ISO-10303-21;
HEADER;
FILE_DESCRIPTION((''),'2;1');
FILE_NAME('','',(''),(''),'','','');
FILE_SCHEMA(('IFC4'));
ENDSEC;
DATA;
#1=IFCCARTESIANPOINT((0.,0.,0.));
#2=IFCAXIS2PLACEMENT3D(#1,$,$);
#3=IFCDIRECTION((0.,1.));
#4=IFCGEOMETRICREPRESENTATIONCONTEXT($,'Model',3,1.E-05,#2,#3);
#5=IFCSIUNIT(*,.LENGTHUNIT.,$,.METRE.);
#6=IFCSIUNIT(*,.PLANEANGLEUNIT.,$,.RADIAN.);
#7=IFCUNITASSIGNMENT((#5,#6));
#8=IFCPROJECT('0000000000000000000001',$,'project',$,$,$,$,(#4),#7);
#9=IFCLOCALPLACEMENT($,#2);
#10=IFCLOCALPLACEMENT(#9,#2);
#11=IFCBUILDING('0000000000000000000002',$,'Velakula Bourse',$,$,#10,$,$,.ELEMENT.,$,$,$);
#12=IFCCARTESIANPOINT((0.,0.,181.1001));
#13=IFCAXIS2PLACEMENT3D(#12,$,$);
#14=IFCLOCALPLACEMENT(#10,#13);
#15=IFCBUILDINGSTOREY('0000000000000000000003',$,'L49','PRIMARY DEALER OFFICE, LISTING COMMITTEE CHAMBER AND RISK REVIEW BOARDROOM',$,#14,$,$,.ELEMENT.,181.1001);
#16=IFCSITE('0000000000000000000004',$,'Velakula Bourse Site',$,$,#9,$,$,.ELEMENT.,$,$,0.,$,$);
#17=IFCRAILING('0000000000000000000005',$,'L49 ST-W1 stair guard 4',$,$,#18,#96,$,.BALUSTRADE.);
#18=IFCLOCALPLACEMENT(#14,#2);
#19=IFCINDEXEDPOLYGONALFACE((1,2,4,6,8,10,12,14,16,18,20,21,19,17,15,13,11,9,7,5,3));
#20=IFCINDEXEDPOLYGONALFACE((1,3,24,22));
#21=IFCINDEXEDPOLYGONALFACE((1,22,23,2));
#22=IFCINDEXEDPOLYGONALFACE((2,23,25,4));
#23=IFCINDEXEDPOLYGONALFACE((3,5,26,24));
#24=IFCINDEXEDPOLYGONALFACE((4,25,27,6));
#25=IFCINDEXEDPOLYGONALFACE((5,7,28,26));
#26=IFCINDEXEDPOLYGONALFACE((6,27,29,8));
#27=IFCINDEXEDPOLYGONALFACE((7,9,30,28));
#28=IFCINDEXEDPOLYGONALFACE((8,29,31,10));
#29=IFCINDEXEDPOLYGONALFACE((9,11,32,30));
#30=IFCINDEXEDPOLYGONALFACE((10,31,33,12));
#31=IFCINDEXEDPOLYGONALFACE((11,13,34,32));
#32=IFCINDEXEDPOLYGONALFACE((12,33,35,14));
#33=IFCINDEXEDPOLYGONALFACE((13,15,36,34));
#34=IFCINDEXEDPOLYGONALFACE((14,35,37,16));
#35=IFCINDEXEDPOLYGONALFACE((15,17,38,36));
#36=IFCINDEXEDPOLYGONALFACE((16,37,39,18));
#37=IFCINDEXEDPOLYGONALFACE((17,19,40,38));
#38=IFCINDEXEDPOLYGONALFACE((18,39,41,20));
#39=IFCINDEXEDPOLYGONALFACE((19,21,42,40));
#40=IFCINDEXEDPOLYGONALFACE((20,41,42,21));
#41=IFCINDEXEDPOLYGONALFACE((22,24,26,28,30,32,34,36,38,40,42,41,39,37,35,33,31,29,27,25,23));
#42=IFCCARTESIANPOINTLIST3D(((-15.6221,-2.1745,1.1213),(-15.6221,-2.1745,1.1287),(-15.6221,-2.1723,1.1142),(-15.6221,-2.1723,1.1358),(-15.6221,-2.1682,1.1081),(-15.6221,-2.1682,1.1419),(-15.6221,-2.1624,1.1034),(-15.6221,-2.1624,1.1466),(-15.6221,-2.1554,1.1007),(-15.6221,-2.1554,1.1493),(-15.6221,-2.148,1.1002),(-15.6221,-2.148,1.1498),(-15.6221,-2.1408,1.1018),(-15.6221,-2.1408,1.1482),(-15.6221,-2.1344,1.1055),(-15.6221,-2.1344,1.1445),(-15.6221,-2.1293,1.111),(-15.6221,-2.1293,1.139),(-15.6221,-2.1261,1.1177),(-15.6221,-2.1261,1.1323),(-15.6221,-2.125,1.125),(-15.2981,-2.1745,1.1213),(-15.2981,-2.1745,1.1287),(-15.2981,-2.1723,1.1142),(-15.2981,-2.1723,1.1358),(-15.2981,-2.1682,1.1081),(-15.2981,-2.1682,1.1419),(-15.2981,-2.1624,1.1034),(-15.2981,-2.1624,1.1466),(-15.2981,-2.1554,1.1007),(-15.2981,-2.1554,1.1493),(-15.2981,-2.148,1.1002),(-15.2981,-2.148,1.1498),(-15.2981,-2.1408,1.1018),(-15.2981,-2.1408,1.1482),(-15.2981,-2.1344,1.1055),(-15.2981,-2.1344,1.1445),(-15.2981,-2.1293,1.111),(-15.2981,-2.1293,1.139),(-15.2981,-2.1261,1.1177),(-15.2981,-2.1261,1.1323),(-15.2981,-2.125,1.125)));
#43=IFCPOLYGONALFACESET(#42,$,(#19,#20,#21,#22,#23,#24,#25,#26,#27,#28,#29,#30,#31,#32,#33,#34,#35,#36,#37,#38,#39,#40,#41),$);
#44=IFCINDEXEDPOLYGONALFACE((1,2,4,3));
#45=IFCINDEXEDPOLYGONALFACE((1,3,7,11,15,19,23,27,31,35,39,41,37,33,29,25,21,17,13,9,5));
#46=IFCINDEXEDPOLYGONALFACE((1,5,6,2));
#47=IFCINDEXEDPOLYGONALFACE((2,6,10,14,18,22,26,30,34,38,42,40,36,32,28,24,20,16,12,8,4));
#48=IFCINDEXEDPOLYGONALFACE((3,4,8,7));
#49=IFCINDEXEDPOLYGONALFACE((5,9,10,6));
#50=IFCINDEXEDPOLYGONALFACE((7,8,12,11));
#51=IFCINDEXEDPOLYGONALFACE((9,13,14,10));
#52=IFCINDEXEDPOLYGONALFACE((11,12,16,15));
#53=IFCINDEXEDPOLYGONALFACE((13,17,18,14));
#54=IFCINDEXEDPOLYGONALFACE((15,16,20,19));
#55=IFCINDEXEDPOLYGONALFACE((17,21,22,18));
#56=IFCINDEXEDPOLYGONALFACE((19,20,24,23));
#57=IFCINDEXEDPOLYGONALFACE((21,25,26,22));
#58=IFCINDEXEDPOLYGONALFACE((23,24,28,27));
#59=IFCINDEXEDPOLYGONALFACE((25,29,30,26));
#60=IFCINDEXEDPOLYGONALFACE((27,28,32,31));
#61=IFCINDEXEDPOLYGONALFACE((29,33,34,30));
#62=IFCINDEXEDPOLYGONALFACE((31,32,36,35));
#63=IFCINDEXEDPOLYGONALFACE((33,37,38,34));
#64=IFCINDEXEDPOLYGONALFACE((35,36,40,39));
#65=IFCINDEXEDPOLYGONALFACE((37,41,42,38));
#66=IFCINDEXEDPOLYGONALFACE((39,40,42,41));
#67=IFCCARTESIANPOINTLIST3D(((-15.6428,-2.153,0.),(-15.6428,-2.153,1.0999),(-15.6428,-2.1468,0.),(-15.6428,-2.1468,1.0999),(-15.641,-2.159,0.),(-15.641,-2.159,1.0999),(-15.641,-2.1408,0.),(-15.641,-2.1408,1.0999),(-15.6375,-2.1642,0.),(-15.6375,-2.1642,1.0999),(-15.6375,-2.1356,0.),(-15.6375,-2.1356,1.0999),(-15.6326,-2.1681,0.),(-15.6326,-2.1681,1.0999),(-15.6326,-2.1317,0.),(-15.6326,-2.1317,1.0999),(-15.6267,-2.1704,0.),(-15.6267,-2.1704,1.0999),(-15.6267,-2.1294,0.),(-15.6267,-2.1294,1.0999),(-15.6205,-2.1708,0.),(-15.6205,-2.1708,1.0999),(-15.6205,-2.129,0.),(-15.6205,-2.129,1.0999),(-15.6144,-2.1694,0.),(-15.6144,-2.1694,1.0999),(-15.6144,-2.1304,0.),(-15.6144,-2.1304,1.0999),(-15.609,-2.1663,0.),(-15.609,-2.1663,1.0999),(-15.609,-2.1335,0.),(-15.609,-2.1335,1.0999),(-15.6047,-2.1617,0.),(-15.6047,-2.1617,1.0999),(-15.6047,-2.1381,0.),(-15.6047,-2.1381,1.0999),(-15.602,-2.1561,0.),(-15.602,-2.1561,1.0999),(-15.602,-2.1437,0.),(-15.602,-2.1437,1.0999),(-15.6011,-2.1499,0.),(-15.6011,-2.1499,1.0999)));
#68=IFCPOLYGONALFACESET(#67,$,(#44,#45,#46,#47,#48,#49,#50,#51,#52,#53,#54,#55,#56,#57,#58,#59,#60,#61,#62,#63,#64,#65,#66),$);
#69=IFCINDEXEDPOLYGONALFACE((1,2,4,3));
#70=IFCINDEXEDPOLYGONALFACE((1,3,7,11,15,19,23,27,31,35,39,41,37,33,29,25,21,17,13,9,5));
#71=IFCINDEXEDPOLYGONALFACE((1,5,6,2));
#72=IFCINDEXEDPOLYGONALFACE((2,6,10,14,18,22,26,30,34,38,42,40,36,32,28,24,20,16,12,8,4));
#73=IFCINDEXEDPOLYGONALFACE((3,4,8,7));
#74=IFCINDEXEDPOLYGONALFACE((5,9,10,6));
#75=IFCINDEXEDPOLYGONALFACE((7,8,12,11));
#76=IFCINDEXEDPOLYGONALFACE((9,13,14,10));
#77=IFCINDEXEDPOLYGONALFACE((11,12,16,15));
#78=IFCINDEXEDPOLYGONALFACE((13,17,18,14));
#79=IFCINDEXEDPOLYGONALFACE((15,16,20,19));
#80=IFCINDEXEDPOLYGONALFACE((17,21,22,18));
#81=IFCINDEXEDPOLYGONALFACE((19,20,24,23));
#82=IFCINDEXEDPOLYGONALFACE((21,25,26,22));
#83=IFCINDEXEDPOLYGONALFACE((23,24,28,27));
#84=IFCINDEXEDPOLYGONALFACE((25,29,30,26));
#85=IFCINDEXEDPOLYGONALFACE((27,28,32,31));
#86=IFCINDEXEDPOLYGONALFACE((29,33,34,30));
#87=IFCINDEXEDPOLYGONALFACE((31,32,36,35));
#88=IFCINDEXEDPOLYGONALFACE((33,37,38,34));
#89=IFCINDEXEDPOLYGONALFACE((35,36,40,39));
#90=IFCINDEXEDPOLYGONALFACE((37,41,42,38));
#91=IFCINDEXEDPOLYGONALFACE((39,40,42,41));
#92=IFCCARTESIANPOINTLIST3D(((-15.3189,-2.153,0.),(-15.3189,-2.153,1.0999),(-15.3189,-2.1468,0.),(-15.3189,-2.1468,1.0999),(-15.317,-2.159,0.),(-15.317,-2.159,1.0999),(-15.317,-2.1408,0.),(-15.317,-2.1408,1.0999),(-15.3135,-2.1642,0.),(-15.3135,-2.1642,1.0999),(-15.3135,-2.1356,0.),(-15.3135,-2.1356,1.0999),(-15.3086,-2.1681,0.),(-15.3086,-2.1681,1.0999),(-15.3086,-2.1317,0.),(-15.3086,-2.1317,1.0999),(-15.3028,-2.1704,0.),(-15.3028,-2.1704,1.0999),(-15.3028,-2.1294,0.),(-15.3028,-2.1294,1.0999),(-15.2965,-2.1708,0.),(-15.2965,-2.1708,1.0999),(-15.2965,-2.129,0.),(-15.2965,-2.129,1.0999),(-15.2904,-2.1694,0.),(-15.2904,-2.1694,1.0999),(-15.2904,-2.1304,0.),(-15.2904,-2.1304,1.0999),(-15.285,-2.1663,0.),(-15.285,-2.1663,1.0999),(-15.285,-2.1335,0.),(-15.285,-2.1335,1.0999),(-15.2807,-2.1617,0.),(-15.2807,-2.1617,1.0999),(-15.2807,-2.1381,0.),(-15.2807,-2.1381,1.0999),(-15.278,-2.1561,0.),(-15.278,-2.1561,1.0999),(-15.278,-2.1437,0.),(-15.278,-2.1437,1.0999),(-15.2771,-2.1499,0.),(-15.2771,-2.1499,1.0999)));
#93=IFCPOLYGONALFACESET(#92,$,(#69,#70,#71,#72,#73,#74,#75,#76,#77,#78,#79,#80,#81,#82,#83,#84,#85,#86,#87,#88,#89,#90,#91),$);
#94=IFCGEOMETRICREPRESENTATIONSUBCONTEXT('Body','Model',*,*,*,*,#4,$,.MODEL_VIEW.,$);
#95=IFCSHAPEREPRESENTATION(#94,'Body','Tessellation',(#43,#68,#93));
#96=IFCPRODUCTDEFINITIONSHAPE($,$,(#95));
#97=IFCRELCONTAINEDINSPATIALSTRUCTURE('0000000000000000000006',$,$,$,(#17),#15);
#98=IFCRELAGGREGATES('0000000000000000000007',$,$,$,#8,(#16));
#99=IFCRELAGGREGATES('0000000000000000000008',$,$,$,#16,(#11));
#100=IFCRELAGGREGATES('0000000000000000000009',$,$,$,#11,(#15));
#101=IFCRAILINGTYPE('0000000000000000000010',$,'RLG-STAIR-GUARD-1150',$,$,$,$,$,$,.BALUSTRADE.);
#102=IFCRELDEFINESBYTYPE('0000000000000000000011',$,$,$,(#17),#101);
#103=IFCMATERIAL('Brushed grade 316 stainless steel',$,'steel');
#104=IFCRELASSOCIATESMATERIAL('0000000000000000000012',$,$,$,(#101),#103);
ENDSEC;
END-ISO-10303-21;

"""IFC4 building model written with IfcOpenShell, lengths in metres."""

from ifc_helpers import new_model, si_unit, direction, frame, origin, origin_2d, place, context, subcontext, project, spatial, circle, extrude, material, type_object, element, save


model = new_model("IFC4")

# Units and contexts
model_context = context("Model", 3, precision=1e-05, world=origin(), true_north=direction((0.0, 1.0)))
body_context = subcontext(model_context, "Body", "Model", "MODEL_VIEW")
ifc_project = project(units=[si_unit("LENGTHUNIT", "METRE"), si_unit("PLANEANGLEUNIT", "RADIAN")], contexts=[model_context])

# Site, building, storey
site_placement = place(None, origin())
site = spatial("IfcSite", under=ifc_project, at=site_placement, Name="Velakula Bourse Site", CompositionType="ELEMENT", RefElevation=0.0)
building_placement = place(site_placement, origin())
building = spatial("IfcBuilding", under=site, at=building_placement, Name="Velakula Bourse", CompositionType="ELEMENT")
storey_placement = place(building_placement, frame((0.0, 0.0, 181.1001)))
storey = spatial("IfcBuildingStorey", under=building, at=storey_placement, Name="L49", Description="PRIMARY DEALER OFFICE, LISTING COMMITTEE CHAMBER AND RISK REVIEW BOARDROOM", CompositionType="ELEMENT", Elevation=181.1001)

# Shared definitions
ifc_material_1 = material(Name="Brushed grade 316 stainless steel", Category="steel")

# Railing
railing_type_1 = type_object("IfcRailingType", Name="RLG-STAIR-GUARD-1150", PredefinedType="BALUSTRADE", material=ifc_material_1)
railing_1_placement = place(storey_placement, frame((-15.6221, -2.1499, 0.0)))
element("IfcRailing", 1, at=railing_1_placement, inside=storey, type_object=railing_type_1, Name="L49 ST-W1 stair guard 4", PredefinedType="BALUSTRADE", context=body_context, shape_type="SweptSolid", body=[
    extrude(circle(Radius=0.0249, at=origin_2d()), frame((0.0, 0.0, 1.125), z_axis=(1.0, 0.0, 0.0), x_axis=(0.0, 1.0, 0.0)), (0.0, 0.0, 1.0), 0.324),
    extrude(circle(Radius=0.021, at=origin_2d()), origin(), (0.0, 0.0, 1.0), 1.0999),
    extrude(circle(Radius=0.021, at=origin_2d()), frame((0.324, 0.0, 0.0)), (0.0, 0.0, 1.0), 1.0999),
])

save(model, "model.ifc")
